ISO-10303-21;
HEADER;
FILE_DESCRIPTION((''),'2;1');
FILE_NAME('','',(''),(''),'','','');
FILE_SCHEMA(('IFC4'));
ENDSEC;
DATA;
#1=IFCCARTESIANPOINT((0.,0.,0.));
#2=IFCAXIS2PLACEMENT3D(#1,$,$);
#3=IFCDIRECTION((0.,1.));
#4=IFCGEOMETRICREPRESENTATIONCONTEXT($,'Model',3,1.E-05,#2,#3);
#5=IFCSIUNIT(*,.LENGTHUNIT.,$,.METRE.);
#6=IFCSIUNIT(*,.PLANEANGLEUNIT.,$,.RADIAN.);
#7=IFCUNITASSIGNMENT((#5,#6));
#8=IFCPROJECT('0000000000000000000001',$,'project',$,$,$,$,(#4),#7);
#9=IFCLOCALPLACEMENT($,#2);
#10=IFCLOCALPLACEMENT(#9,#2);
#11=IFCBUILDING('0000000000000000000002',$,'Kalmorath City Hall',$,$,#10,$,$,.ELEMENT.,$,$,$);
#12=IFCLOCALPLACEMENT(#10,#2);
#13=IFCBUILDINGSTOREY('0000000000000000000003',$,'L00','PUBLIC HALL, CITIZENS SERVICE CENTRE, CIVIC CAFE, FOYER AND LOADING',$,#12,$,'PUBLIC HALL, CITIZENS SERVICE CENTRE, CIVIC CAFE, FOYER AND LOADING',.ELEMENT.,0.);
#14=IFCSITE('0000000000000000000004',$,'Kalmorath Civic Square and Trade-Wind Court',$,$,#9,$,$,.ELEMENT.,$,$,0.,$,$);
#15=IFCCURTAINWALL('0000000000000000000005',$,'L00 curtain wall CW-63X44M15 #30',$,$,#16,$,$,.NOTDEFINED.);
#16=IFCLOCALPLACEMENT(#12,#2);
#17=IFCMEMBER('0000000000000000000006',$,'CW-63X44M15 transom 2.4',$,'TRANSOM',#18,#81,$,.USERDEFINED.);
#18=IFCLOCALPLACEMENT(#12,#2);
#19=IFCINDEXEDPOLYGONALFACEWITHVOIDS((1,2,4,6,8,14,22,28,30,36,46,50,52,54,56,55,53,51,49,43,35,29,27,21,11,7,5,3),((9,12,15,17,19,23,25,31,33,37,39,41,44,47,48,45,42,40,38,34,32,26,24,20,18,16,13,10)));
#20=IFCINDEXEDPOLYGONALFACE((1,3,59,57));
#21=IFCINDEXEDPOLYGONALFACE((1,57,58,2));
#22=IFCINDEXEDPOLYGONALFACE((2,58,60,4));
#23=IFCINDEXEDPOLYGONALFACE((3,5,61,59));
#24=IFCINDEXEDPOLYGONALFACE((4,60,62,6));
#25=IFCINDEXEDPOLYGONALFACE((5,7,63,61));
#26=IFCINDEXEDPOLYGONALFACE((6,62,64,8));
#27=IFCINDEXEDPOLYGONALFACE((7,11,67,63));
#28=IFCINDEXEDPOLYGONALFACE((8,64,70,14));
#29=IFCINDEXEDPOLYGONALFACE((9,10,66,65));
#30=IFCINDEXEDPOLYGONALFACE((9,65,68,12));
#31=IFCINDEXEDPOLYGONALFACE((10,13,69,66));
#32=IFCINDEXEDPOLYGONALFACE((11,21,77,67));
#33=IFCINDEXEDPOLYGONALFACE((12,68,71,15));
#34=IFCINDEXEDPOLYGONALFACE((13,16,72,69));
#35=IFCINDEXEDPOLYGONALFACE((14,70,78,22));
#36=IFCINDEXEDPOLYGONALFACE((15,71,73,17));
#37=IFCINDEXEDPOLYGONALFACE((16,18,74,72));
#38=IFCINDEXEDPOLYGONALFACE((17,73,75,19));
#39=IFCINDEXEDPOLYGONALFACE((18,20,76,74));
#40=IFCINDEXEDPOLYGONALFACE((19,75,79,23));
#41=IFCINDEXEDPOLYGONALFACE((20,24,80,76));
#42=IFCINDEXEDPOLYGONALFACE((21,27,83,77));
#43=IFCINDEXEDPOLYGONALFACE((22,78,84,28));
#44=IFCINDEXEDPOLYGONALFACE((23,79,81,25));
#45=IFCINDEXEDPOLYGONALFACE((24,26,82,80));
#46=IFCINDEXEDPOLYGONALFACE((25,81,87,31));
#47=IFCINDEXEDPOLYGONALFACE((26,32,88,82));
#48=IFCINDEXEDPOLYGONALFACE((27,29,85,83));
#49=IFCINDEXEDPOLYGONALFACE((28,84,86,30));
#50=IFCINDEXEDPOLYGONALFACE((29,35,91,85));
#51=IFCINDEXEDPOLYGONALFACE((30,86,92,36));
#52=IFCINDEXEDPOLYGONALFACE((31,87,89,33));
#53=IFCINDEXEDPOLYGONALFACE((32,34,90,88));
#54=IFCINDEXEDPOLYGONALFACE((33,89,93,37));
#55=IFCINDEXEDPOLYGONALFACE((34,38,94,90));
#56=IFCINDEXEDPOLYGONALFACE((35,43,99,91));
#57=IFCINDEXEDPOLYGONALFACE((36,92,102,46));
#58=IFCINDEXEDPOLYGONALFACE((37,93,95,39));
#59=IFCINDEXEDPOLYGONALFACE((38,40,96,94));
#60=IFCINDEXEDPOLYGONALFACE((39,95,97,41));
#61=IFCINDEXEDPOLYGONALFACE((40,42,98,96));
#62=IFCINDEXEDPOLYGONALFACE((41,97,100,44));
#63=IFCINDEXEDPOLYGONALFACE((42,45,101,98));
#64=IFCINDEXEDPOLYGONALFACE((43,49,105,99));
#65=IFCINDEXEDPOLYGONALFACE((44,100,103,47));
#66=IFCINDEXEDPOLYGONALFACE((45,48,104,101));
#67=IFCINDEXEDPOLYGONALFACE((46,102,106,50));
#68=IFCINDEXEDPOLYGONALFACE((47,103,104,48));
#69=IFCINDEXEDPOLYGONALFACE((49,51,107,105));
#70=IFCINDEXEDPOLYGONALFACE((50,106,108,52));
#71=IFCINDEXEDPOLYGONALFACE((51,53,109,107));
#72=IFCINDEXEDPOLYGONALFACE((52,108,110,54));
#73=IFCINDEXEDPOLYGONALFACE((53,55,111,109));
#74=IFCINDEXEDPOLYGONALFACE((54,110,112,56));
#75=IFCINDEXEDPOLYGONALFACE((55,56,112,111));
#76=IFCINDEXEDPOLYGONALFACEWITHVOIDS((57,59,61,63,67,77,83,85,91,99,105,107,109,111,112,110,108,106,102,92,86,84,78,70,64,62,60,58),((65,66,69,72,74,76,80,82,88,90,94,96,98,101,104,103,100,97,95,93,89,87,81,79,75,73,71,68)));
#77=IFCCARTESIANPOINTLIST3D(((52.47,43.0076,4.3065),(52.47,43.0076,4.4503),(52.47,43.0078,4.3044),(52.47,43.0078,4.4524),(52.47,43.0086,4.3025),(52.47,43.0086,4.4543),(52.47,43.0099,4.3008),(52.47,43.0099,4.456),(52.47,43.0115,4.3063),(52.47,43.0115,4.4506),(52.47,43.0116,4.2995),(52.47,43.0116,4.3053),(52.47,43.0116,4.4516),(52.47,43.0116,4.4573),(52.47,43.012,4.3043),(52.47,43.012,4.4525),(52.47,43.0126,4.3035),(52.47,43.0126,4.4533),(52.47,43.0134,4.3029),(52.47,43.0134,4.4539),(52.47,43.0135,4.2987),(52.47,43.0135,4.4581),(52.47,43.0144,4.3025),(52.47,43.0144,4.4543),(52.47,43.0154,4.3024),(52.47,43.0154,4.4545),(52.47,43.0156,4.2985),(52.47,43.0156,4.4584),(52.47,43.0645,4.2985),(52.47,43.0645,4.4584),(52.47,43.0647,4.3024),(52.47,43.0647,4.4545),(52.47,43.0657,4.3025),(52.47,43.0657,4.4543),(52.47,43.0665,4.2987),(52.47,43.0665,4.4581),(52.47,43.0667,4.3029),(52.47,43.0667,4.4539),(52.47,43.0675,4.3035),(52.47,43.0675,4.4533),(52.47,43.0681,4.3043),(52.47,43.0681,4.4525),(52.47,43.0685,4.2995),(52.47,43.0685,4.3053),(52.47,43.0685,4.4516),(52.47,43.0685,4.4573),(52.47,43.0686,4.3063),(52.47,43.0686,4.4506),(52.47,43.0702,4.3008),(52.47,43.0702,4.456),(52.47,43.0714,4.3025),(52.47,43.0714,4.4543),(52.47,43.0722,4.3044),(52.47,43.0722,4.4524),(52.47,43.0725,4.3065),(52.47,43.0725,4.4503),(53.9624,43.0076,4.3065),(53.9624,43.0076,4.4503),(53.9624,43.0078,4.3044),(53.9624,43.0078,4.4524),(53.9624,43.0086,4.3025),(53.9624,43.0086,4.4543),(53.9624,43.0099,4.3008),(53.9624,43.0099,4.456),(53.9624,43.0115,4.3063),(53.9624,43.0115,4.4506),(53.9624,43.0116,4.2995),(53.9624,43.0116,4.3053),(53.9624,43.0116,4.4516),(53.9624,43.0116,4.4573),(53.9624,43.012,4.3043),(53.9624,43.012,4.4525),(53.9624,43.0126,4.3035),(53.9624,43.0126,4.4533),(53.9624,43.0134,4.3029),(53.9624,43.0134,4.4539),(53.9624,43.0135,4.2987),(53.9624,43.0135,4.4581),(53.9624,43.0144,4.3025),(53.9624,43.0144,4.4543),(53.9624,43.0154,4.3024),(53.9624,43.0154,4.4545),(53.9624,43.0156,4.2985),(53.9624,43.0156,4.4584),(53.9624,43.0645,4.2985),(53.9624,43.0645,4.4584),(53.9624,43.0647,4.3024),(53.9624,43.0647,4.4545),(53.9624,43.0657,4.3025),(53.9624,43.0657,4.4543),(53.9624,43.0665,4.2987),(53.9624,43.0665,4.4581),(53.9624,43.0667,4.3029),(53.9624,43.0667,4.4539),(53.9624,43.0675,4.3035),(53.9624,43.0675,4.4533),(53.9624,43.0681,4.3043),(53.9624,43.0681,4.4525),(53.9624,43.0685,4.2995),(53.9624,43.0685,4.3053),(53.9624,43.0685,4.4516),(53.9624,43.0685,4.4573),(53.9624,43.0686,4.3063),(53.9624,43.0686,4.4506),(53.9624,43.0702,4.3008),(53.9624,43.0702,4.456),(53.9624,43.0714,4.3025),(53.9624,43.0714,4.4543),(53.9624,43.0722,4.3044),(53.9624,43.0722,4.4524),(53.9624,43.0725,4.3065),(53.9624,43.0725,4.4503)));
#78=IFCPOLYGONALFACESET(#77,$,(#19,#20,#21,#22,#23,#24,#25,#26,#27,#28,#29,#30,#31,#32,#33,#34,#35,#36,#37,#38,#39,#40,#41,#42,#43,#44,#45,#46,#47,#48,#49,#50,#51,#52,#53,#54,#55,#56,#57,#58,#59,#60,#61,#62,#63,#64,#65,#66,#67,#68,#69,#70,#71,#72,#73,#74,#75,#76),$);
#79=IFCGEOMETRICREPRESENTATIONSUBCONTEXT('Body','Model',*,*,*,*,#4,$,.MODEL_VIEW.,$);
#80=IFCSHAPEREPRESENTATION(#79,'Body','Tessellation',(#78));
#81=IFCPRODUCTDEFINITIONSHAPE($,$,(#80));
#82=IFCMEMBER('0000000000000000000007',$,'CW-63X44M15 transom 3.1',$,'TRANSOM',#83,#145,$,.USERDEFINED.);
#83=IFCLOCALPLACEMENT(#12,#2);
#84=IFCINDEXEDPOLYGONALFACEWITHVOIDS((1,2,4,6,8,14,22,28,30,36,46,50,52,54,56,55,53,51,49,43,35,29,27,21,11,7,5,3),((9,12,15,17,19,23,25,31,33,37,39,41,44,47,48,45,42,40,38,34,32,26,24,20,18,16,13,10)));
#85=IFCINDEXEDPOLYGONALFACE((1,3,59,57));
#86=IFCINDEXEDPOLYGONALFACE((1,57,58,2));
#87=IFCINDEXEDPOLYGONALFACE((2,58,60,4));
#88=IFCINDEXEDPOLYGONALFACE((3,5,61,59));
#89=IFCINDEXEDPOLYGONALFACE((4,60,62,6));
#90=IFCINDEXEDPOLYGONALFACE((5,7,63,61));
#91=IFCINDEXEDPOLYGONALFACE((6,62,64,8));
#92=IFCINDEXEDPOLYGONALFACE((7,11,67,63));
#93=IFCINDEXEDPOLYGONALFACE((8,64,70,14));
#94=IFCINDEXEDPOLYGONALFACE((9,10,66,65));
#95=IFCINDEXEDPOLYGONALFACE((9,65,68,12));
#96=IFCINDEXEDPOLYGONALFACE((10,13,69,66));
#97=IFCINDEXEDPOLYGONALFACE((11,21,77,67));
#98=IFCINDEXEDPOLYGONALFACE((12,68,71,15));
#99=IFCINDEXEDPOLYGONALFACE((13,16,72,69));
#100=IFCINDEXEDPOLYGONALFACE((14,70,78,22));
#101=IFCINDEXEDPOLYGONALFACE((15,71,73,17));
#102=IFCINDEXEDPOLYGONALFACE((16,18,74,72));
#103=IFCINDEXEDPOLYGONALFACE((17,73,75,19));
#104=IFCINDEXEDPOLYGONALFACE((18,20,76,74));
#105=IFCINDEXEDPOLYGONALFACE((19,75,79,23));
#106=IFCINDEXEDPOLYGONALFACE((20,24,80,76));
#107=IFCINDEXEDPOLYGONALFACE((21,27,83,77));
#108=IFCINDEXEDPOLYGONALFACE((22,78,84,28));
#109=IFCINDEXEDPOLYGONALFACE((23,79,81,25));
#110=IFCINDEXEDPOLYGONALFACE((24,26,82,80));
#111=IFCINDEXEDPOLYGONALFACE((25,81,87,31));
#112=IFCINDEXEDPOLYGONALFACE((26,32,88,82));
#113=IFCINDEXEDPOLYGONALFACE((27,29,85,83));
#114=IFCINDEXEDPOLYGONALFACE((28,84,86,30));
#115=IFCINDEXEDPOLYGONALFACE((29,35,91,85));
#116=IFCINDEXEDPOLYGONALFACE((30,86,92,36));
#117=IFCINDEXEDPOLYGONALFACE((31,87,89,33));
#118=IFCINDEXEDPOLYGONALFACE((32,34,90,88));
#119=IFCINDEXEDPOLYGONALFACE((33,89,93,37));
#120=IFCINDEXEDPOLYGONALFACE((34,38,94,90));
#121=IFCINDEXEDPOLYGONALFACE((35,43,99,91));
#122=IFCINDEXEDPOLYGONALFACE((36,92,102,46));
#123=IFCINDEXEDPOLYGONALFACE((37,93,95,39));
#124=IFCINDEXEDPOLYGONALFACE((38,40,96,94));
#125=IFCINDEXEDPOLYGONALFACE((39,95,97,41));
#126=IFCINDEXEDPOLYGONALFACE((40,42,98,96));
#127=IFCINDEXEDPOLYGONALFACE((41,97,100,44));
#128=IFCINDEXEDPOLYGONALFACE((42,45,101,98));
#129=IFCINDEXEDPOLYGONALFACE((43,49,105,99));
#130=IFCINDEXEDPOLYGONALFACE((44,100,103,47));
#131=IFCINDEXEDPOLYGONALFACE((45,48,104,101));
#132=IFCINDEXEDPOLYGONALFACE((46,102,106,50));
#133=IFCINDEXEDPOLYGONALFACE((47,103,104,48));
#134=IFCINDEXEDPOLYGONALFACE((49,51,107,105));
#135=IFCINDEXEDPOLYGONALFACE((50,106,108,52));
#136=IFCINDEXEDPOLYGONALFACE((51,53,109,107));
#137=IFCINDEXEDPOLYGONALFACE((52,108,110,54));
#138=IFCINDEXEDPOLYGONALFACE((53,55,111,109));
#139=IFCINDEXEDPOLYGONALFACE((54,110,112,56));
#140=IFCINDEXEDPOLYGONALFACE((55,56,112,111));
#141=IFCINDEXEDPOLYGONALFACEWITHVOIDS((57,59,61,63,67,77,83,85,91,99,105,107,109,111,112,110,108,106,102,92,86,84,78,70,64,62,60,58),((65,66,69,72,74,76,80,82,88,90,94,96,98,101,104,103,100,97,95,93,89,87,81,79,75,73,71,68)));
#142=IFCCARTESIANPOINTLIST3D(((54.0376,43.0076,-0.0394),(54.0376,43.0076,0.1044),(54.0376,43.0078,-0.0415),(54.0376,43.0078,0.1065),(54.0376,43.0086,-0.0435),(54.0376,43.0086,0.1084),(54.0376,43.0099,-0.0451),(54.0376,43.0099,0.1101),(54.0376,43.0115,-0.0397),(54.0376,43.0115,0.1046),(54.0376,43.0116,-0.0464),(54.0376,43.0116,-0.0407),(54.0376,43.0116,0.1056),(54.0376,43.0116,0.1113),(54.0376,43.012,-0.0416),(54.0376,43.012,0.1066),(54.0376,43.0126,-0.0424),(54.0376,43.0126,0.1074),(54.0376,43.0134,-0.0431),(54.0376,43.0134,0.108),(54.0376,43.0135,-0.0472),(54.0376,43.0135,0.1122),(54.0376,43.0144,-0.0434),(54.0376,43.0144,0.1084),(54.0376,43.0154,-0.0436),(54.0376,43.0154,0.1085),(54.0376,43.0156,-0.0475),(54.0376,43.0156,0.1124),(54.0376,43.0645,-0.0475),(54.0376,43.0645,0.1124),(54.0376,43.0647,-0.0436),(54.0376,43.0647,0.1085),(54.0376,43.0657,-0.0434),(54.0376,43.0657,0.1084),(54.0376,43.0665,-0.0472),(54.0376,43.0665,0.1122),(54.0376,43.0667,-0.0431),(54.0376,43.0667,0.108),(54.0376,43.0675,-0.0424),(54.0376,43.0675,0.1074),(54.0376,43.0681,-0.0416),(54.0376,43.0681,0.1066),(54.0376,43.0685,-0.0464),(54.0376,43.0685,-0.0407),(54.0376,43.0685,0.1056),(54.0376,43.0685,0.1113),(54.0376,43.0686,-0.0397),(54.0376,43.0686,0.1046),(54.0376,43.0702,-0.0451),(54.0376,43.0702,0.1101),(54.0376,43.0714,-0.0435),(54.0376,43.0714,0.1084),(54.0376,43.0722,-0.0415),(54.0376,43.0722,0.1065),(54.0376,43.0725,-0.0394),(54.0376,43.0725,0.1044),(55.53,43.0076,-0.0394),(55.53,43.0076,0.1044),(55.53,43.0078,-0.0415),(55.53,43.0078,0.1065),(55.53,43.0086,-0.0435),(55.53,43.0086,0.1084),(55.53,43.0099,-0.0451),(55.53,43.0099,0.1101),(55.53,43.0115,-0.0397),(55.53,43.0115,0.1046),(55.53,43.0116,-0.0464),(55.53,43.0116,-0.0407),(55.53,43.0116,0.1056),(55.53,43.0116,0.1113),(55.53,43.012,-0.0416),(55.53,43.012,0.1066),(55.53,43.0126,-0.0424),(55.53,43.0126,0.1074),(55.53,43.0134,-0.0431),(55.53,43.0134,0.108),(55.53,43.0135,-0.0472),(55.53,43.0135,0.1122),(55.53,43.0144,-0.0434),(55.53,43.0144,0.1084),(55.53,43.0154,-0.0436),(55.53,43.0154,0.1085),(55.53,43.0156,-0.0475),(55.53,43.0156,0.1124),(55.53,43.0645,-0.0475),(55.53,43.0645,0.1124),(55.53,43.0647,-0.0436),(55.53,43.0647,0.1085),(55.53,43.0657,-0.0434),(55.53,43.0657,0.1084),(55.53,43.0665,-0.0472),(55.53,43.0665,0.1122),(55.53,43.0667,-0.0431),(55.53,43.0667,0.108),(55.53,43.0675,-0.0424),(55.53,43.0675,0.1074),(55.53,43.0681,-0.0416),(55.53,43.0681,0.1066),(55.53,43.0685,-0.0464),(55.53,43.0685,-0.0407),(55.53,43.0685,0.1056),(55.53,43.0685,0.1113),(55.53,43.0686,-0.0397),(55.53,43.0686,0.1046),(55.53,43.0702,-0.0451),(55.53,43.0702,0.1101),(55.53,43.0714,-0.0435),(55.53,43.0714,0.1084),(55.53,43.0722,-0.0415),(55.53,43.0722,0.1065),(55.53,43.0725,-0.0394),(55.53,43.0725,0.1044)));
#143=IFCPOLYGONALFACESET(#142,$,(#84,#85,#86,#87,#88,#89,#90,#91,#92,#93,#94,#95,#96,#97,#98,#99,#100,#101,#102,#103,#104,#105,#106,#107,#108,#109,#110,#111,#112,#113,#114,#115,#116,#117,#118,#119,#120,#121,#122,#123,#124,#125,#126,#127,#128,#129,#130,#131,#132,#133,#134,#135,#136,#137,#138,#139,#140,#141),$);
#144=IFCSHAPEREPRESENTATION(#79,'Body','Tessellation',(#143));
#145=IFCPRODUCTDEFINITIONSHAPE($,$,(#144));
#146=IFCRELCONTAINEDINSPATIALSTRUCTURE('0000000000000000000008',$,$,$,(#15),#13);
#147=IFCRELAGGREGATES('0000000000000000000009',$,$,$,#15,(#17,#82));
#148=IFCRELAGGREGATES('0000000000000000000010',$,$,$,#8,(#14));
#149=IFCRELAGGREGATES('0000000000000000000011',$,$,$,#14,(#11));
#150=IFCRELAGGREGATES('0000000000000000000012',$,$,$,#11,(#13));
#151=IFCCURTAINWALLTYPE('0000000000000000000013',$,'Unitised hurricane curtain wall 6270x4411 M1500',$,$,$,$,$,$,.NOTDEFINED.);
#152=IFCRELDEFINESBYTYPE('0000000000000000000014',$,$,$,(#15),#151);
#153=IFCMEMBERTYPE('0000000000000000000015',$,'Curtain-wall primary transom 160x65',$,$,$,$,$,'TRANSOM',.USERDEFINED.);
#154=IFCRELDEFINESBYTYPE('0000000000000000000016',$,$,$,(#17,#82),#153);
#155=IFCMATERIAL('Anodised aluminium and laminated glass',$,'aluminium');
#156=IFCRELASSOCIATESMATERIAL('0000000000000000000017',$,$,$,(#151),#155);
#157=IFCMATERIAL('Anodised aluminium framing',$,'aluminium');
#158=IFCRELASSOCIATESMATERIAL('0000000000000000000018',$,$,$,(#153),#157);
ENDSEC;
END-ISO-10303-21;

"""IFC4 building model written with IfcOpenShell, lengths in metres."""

from ifc_helpers import new_model, si_unit, direction, frame, origin, origin_2d, place, context, subcontext, project, spatial, hollow_rectangle, extrude, material, material_profile, profile_set, type_object, element, aggregate, save


model = new_model("IFC4")

# Units and contexts
model_context = context("Model", 3, precision=1e-05, world=origin(), true_north=direction((0.0, 1.0)))
body_context = subcontext(model_context, "Body", "Model", "MODEL_VIEW")
ifc_project = project(units=[si_unit("LENGTHUNIT", "METRE"), si_unit("PLANEANGLEUNIT", "RADIAN")], contexts=[model_context])

# Site, building, storey
site_placement = place(None, origin())
site = spatial("IfcSite", under=ifc_project, at=site_placement, Name="Kalmorath Civic Square and Trade-Wind Court", CompositionType="ELEMENT", RefElevation=0.0)
building_placement = place(site_placement, origin())
building = spatial("IfcBuilding", under=site, at=building_placement, Name="Kalmorath City Hall", CompositionType="ELEMENT")
storey_placement = place(building_placement, origin())
storey = spatial("IfcBuildingStorey", under=building, at=storey_placement, Name="L00", Description="PUBLIC HALL, CITIZENS SERVICE CENTRE, CIVIC CAFE, FOYER AND LOADING", LongName="PUBLIC HALL, CITIZENS SERVICE CENTRE, CIVIC CAFE, FOYER AND LOADING", CompositionType="ELEMENT", Elevation=0.0)

# Curtain wall, members
ifc_material_1 = material(Name="Anodised aluminium and laminated glass", Category="aluminium")
curtain_wall_type = type_object("IfcCurtainWallType", Name="Unitised hurricane curtain wall 6270x4411 M1500", PredefinedType="NOTDEFINED", material=ifc_material_1)
curtain_wall_placement = place(storey_placement, origin())
curtain_wall = element("IfcCurtainWall", 1, at=curtain_wall_placement, inside=storey, type_object=curtain_wall_type, Name="L00 curtain wall CW-63X44M15 #30", PredefinedType="NOTDEFINED")
ifc_material_2 = material(Name="Anodised aluminium framing", Category="aluminium")
ifc_material_profile_1 = material_profile(ifc_material_2, hollow_rectangle(XDim=0.0649, YDim=0.1599, WallThickness=0.0039, InnerFilletRadius=0.0039, OuterFilletRadius=0.0081, at=origin_2d()), Name="ALU-TRN-160X65X4")
ifc_profile_set_1 = profile_set([ifc_material_profile_1], Name="Anodised aluminium framing")
member_type_1 = type_object("IfcMemberType", Name="Curtain-wall primary transom 160x65", ElementType="TRANSOM", PredefinedType="USERDEFINED", material=ifc_profile_set_1)
member_1_placement = place(storey_placement, frame((52.47, 43.04, 4.3784), z_axis=(1.0, 0.0, 0.0), x_axis=(0.0, 1.0, 0.0)))
member_1 = element("IfcMember", 2, at=member_1_placement, type_object=member_type_1, Name="CW-63X44M15 transom 2.4", ObjectType="TRANSOM", PredefinedType="USERDEFINED", context=body_context, shape_type="SweptSolid", body=[
    extrude(hollow_rectangle(XDim=0.0649, YDim=0.1599, WallThickness=0.0039, InnerFilletRadius=0.0039, OuterFilletRadius=0.0081, at=origin_2d()), origin(), (0.0, 0.0, 1.0), 1.4924),
])
member_2_placement = place(storey_placement, frame((54.0376, 43.04, 0.0325), z_axis=(1.0, 0.0, 0.0), x_axis=(0.0, 1.0, 0.0)))
member_2 = element("IfcMember", 3, at=member_2_placement, type_object=member_type_1, Name="CW-63X44M15 transom 3.1", ObjectType="TRANSOM", PredefinedType="USERDEFINED", context=body_context, shape_type="SweptSolid", body=[
    extrude(hollow_rectangle(XDim=0.0649, YDim=0.1599, WallThickness=0.0039, InnerFilletRadius=0.0039, OuterFilletRadius=0.0081, at=origin_2d()), origin(), (0.0, 0.0, 1.0), 1.4924),
])

aggregate(curtain_wall, [member_1, member_2])

save(model, "model.ifc")
